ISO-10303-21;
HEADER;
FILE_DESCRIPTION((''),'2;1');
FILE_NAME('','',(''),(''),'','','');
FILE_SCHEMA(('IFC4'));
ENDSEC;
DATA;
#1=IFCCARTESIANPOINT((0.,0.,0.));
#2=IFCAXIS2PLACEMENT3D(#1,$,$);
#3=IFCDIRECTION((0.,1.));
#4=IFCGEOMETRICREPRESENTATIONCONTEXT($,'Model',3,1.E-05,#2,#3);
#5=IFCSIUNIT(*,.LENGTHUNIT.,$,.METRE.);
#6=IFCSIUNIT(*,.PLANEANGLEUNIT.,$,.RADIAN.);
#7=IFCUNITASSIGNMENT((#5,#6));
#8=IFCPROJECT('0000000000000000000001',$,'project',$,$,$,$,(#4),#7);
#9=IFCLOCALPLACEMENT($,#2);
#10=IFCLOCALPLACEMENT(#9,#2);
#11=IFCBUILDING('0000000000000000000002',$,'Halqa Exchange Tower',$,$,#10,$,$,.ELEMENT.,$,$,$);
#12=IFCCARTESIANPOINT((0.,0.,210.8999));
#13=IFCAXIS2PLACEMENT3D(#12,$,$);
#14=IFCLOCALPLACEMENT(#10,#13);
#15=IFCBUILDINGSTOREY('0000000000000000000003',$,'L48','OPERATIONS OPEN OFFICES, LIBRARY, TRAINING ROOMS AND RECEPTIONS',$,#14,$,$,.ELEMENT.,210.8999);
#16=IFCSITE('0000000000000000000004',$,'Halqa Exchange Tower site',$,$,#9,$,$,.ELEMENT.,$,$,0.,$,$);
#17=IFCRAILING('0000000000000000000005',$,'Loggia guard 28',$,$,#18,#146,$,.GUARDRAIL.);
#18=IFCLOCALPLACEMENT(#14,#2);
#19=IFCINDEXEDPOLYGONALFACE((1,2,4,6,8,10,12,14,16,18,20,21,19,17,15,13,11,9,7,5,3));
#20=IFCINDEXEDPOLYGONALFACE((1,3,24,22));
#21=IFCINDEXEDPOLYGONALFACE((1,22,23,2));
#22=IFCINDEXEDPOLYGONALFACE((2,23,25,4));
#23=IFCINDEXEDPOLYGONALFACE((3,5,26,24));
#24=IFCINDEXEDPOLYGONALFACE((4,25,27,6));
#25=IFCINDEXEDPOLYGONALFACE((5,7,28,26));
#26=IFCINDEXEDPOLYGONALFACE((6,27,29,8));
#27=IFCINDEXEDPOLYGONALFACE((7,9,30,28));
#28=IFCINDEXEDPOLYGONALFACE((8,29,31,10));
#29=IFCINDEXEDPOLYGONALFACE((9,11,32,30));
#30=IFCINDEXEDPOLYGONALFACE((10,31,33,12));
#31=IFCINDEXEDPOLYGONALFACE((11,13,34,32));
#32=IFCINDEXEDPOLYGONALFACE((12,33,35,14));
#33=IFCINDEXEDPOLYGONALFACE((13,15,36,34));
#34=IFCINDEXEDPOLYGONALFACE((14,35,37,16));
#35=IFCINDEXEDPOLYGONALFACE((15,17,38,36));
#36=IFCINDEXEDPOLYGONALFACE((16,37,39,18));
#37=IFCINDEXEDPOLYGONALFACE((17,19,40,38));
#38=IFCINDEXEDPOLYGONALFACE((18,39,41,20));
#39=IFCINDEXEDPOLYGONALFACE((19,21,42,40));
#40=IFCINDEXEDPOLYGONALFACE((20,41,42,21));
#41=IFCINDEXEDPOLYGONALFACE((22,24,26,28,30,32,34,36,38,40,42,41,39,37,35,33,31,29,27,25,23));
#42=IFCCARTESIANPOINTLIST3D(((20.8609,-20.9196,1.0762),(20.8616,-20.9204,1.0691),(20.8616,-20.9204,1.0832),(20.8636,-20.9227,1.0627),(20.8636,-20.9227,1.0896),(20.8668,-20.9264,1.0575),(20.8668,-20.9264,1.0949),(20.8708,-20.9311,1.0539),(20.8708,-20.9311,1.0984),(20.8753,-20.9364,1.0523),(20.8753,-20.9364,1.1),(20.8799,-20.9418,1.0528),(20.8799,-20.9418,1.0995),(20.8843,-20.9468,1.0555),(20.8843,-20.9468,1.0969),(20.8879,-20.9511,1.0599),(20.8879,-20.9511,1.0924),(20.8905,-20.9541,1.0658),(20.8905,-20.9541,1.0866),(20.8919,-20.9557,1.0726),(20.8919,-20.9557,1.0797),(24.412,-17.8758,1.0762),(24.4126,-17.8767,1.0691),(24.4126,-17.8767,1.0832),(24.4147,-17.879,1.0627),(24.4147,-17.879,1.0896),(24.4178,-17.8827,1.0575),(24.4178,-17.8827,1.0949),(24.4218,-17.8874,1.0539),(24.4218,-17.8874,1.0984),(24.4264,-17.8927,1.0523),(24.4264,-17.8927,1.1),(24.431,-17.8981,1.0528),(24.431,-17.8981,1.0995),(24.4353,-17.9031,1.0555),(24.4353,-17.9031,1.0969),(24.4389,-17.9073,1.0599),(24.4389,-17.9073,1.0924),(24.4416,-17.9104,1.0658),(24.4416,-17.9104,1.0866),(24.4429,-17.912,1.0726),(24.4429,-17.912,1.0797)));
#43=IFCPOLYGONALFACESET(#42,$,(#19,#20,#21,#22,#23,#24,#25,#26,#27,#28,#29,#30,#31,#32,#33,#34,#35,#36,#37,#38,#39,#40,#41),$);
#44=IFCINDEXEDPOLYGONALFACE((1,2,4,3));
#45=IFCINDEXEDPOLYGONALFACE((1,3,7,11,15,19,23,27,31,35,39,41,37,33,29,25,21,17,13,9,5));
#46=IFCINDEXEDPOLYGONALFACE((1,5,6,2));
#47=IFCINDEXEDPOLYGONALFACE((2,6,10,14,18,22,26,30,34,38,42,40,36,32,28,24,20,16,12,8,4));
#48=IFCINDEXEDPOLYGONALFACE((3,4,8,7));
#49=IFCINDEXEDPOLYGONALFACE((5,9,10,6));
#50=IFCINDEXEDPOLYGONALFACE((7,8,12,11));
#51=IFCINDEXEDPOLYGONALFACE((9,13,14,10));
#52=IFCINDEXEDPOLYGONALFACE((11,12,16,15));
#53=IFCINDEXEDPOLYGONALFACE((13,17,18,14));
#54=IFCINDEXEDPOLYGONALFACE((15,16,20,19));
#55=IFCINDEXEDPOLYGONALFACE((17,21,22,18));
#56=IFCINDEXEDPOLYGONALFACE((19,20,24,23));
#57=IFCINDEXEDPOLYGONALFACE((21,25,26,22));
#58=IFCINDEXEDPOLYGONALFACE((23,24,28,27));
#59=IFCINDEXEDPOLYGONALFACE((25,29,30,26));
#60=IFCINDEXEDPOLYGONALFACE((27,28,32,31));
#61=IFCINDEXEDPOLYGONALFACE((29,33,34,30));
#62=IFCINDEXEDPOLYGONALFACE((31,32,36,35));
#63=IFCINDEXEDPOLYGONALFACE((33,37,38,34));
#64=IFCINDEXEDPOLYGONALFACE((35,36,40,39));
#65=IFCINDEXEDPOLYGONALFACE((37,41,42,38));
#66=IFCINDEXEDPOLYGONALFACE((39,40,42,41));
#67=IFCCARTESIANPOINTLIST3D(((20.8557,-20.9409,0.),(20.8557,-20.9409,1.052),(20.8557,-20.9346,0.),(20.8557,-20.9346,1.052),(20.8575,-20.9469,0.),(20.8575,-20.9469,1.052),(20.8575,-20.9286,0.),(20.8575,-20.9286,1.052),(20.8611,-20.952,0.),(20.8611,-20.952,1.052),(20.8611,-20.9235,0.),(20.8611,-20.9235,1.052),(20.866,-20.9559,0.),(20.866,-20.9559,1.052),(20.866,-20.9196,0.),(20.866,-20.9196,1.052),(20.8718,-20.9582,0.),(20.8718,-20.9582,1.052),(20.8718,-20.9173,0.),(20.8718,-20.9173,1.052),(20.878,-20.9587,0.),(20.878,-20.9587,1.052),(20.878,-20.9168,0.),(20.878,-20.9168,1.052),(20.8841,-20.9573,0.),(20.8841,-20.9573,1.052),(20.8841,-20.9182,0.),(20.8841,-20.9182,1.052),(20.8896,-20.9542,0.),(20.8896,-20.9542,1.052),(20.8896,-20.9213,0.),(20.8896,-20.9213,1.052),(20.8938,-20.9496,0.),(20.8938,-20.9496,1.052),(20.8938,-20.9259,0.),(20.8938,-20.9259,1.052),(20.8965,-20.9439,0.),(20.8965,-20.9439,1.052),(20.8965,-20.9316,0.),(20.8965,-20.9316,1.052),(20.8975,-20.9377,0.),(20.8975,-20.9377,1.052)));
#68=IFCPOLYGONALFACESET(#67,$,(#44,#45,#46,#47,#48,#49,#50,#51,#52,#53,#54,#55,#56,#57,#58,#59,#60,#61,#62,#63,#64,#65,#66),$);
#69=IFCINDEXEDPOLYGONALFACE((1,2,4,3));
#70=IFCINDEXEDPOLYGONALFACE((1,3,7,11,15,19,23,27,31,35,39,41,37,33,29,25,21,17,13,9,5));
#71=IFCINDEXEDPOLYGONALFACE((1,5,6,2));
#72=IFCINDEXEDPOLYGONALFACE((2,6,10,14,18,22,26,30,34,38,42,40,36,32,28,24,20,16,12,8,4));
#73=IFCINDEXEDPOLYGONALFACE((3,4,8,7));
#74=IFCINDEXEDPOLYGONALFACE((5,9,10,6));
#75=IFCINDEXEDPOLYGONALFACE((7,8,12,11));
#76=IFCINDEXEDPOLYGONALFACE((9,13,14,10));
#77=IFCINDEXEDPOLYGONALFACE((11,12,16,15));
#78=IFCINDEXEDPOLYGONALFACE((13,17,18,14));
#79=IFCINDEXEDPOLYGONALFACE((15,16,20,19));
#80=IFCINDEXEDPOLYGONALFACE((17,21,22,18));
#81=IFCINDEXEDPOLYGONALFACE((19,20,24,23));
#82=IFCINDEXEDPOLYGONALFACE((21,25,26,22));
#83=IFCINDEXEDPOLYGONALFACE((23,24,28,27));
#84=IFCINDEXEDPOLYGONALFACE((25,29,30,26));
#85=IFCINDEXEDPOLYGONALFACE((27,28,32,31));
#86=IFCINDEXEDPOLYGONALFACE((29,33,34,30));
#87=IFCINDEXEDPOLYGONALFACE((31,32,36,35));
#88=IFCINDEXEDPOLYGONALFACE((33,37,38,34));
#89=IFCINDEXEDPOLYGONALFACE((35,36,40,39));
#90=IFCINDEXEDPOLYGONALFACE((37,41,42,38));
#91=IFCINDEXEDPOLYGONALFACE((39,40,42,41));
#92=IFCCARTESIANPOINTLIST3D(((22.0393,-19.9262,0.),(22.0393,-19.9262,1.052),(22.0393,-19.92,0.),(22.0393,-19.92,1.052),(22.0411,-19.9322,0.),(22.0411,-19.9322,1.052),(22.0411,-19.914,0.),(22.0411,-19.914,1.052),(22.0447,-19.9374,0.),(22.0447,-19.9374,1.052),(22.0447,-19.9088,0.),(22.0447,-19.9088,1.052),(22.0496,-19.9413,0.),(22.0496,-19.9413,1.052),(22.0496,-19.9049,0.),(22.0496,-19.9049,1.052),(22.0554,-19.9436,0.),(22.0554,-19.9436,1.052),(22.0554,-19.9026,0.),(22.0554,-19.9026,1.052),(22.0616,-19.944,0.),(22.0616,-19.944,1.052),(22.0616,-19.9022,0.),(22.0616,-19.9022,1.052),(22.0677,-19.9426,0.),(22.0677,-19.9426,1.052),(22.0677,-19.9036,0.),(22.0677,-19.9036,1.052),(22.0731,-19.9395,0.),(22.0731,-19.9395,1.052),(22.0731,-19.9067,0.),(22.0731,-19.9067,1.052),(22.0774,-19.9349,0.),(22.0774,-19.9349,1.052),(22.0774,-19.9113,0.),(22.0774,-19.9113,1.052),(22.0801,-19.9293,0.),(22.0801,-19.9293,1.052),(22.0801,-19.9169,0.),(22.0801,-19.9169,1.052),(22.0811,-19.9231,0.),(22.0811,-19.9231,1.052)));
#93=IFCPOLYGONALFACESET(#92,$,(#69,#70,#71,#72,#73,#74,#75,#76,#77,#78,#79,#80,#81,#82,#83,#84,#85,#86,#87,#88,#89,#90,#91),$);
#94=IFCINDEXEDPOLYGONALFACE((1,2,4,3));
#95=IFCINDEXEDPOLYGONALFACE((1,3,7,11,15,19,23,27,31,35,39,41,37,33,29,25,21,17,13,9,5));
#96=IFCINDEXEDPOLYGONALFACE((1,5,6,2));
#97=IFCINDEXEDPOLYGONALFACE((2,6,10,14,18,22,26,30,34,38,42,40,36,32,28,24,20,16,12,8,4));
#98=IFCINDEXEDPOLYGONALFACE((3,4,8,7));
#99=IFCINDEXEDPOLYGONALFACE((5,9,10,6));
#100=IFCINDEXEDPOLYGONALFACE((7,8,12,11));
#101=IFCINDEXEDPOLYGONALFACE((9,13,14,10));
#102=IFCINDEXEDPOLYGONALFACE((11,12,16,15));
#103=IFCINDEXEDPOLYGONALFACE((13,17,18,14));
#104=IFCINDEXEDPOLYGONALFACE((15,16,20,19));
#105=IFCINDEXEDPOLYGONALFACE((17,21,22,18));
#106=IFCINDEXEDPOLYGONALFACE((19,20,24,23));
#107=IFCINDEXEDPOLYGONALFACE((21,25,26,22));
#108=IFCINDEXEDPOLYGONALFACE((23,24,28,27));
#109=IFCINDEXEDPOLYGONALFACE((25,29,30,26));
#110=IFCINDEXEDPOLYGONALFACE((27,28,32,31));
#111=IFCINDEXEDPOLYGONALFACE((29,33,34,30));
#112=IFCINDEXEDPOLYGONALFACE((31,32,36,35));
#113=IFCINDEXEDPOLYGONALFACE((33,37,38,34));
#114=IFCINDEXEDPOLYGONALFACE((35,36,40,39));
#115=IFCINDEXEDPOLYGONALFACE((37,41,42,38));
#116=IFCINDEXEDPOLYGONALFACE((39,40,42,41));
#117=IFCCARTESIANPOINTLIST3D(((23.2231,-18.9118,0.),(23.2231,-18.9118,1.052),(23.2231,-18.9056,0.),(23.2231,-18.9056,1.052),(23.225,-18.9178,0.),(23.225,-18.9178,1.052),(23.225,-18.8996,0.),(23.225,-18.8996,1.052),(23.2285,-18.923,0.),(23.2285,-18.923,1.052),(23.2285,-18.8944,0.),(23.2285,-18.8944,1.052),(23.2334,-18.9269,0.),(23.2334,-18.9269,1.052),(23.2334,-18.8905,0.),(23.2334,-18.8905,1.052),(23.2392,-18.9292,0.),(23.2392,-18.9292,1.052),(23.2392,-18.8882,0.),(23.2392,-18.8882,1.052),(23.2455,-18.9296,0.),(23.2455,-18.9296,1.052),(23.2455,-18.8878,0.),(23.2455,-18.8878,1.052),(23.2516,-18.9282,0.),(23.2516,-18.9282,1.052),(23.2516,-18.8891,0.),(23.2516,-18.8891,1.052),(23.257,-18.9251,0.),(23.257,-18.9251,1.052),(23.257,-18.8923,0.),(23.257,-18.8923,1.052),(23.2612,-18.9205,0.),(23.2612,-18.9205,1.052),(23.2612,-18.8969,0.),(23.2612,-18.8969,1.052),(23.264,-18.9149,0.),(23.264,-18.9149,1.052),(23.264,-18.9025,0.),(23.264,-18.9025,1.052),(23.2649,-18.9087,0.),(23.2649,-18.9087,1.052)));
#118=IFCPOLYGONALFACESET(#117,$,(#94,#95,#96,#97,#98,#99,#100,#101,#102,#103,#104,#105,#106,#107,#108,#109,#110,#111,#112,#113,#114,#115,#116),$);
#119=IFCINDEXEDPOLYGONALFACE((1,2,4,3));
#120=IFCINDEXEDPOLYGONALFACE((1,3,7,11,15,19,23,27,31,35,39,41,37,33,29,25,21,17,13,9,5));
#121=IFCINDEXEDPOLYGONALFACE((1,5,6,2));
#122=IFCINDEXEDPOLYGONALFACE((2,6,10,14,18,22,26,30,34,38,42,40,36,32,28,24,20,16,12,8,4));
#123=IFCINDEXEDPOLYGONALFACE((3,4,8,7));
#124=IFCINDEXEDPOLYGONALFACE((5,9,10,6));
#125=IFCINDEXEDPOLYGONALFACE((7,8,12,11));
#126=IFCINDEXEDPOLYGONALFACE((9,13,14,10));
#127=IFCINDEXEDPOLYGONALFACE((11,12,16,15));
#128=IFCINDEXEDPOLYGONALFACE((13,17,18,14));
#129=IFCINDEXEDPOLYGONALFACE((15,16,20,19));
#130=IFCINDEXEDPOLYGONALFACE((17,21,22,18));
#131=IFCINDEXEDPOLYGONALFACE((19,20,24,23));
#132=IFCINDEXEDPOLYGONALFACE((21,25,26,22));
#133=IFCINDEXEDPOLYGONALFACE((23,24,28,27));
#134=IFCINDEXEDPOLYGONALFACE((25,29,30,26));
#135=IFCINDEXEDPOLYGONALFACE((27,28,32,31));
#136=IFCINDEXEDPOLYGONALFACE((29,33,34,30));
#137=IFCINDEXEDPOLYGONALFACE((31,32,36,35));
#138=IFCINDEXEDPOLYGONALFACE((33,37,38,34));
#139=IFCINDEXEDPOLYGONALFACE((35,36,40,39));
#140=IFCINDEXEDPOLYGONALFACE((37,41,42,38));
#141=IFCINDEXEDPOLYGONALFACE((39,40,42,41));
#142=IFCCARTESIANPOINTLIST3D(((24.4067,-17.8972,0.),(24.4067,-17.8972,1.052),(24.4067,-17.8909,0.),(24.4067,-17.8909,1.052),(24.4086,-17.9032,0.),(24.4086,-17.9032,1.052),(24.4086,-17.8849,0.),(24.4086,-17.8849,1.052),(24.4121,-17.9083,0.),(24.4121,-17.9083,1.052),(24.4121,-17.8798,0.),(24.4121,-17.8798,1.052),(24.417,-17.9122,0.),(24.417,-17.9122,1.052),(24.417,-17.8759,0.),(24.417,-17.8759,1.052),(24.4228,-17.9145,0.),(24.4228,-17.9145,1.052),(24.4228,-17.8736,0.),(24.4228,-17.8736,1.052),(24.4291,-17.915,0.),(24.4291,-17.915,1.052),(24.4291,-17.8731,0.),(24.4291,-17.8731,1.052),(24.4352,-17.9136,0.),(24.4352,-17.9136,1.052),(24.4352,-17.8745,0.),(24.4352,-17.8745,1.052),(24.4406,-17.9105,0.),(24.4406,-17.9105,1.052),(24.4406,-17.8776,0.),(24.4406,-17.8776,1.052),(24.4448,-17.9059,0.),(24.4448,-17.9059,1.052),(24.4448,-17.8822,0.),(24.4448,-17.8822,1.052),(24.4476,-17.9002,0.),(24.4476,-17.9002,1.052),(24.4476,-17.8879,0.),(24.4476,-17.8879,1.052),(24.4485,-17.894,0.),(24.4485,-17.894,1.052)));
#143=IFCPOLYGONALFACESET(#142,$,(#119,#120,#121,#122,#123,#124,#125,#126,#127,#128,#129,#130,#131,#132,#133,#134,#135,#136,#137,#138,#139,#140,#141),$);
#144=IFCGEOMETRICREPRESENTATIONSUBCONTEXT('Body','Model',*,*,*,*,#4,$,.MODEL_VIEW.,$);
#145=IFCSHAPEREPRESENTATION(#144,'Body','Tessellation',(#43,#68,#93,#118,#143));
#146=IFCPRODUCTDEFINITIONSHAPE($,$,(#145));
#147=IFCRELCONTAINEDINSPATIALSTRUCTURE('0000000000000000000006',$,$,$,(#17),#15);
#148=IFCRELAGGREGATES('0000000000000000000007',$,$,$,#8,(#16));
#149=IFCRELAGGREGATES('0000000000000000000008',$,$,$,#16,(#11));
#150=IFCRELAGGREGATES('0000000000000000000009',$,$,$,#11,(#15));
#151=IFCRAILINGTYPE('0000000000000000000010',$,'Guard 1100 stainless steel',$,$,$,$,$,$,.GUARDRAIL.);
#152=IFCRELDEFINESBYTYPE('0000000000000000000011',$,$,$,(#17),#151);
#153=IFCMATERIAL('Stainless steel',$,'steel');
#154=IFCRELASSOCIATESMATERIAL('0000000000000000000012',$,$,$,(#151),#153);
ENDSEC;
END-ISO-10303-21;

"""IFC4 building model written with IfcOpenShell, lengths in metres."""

from ifc_helpers import new_model, si_unit, direction, frame, origin, origin_2d, place, context, subcontext, project, spatial, circle, extrude, material, type_object, element, save


model = new_model("IFC4")

# Units and contexts
model_context = context("Model", 3, precision=1e-05, world=origin(), true_north=direction((0.0, 1.0)))
body_context = subcontext(model_context, "Body", "Model", "MODEL_VIEW")
ifc_project = project(units=[si_unit("LENGTHUNIT", "METRE"), si_unit("PLANEANGLEUNIT", "RADIAN")], contexts=[model_context])

# Site, building, storey
site_placement = place(None, origin())
site = spatial("IfcSite", under=ifc_project, at=site_placement, Name="Halqa Exchange Tower site", CompositionType="ELEMENT", RefElevation=0.0)
building_placement = place(site_placement, origin())
building = spatial("IfcBuilding", under=site, at=building_placement, Name="Halqa Exchange Tower", CompositionType="ELEMENT")
storey_placement = place(building_placement, frame((0.0, 0.0, 210.8999)))
storey = spatial("IfcBuildingStorey", under=building, at=storey_placement, Name="L48", Description="OPERATIONS OPEN OFFICES, LIBRARY, TRAINING ROOMS AND RECEPTIONS", CompositionType="ELEMENT", Elevation=210.8999)

# Railing
ifc_material_1 = material(Name="Stainless steel", Category="steel")
railing_type = type_object("IfcRailingType", Name="Guard 1100 stainless steel", PredefinedType="GUARDRAIL", material=ifc_material_1)
railing_1_placement = place(storey_placement, frame((20.8765, -20.9377, 0.0)))
element("IfcRailing", 1, at=railing_1_placement, inside=storey, type_object=railing_type, Name="Loggia guard 28", PredefinedType="GUARDRAIL", context=body_context, shape_type="SweptSolid", body=[
    extrude(circle(Radius=0.0239, at=origin_2d()), frame((0.0, 0.0, 1.0762), z_axis=(0.75926, 0.650787, 0.0), x_axis=(-0.650787, 0.75926, 0.0)), (0.0, 0.0, 1.0), 4.677),
    extrude(circle(Radius=0.021, at=origin_2d()), origin(), (0.0, 0.0, 1.0), 1.052),
    extrude(circle(Radius=0.021, at=origin_2d()), frame((1.1836, 1.0146, 0.0)), (0.0, 0.0, 1.0), 1.052),
    extrude(circle(Radius=0.021, at=origin_2d()), frame((2.3674, 2.0291, 0.0)), (0.0, 0.0, 1.0), 1.052),
    extrude(circle(Radius=0.021, at=origin_2d()), frame((3.551, 3.0437, 0.0)), (0.0, 0.0, 1.0), 1.052),
])

save(model, "model.ifc")
